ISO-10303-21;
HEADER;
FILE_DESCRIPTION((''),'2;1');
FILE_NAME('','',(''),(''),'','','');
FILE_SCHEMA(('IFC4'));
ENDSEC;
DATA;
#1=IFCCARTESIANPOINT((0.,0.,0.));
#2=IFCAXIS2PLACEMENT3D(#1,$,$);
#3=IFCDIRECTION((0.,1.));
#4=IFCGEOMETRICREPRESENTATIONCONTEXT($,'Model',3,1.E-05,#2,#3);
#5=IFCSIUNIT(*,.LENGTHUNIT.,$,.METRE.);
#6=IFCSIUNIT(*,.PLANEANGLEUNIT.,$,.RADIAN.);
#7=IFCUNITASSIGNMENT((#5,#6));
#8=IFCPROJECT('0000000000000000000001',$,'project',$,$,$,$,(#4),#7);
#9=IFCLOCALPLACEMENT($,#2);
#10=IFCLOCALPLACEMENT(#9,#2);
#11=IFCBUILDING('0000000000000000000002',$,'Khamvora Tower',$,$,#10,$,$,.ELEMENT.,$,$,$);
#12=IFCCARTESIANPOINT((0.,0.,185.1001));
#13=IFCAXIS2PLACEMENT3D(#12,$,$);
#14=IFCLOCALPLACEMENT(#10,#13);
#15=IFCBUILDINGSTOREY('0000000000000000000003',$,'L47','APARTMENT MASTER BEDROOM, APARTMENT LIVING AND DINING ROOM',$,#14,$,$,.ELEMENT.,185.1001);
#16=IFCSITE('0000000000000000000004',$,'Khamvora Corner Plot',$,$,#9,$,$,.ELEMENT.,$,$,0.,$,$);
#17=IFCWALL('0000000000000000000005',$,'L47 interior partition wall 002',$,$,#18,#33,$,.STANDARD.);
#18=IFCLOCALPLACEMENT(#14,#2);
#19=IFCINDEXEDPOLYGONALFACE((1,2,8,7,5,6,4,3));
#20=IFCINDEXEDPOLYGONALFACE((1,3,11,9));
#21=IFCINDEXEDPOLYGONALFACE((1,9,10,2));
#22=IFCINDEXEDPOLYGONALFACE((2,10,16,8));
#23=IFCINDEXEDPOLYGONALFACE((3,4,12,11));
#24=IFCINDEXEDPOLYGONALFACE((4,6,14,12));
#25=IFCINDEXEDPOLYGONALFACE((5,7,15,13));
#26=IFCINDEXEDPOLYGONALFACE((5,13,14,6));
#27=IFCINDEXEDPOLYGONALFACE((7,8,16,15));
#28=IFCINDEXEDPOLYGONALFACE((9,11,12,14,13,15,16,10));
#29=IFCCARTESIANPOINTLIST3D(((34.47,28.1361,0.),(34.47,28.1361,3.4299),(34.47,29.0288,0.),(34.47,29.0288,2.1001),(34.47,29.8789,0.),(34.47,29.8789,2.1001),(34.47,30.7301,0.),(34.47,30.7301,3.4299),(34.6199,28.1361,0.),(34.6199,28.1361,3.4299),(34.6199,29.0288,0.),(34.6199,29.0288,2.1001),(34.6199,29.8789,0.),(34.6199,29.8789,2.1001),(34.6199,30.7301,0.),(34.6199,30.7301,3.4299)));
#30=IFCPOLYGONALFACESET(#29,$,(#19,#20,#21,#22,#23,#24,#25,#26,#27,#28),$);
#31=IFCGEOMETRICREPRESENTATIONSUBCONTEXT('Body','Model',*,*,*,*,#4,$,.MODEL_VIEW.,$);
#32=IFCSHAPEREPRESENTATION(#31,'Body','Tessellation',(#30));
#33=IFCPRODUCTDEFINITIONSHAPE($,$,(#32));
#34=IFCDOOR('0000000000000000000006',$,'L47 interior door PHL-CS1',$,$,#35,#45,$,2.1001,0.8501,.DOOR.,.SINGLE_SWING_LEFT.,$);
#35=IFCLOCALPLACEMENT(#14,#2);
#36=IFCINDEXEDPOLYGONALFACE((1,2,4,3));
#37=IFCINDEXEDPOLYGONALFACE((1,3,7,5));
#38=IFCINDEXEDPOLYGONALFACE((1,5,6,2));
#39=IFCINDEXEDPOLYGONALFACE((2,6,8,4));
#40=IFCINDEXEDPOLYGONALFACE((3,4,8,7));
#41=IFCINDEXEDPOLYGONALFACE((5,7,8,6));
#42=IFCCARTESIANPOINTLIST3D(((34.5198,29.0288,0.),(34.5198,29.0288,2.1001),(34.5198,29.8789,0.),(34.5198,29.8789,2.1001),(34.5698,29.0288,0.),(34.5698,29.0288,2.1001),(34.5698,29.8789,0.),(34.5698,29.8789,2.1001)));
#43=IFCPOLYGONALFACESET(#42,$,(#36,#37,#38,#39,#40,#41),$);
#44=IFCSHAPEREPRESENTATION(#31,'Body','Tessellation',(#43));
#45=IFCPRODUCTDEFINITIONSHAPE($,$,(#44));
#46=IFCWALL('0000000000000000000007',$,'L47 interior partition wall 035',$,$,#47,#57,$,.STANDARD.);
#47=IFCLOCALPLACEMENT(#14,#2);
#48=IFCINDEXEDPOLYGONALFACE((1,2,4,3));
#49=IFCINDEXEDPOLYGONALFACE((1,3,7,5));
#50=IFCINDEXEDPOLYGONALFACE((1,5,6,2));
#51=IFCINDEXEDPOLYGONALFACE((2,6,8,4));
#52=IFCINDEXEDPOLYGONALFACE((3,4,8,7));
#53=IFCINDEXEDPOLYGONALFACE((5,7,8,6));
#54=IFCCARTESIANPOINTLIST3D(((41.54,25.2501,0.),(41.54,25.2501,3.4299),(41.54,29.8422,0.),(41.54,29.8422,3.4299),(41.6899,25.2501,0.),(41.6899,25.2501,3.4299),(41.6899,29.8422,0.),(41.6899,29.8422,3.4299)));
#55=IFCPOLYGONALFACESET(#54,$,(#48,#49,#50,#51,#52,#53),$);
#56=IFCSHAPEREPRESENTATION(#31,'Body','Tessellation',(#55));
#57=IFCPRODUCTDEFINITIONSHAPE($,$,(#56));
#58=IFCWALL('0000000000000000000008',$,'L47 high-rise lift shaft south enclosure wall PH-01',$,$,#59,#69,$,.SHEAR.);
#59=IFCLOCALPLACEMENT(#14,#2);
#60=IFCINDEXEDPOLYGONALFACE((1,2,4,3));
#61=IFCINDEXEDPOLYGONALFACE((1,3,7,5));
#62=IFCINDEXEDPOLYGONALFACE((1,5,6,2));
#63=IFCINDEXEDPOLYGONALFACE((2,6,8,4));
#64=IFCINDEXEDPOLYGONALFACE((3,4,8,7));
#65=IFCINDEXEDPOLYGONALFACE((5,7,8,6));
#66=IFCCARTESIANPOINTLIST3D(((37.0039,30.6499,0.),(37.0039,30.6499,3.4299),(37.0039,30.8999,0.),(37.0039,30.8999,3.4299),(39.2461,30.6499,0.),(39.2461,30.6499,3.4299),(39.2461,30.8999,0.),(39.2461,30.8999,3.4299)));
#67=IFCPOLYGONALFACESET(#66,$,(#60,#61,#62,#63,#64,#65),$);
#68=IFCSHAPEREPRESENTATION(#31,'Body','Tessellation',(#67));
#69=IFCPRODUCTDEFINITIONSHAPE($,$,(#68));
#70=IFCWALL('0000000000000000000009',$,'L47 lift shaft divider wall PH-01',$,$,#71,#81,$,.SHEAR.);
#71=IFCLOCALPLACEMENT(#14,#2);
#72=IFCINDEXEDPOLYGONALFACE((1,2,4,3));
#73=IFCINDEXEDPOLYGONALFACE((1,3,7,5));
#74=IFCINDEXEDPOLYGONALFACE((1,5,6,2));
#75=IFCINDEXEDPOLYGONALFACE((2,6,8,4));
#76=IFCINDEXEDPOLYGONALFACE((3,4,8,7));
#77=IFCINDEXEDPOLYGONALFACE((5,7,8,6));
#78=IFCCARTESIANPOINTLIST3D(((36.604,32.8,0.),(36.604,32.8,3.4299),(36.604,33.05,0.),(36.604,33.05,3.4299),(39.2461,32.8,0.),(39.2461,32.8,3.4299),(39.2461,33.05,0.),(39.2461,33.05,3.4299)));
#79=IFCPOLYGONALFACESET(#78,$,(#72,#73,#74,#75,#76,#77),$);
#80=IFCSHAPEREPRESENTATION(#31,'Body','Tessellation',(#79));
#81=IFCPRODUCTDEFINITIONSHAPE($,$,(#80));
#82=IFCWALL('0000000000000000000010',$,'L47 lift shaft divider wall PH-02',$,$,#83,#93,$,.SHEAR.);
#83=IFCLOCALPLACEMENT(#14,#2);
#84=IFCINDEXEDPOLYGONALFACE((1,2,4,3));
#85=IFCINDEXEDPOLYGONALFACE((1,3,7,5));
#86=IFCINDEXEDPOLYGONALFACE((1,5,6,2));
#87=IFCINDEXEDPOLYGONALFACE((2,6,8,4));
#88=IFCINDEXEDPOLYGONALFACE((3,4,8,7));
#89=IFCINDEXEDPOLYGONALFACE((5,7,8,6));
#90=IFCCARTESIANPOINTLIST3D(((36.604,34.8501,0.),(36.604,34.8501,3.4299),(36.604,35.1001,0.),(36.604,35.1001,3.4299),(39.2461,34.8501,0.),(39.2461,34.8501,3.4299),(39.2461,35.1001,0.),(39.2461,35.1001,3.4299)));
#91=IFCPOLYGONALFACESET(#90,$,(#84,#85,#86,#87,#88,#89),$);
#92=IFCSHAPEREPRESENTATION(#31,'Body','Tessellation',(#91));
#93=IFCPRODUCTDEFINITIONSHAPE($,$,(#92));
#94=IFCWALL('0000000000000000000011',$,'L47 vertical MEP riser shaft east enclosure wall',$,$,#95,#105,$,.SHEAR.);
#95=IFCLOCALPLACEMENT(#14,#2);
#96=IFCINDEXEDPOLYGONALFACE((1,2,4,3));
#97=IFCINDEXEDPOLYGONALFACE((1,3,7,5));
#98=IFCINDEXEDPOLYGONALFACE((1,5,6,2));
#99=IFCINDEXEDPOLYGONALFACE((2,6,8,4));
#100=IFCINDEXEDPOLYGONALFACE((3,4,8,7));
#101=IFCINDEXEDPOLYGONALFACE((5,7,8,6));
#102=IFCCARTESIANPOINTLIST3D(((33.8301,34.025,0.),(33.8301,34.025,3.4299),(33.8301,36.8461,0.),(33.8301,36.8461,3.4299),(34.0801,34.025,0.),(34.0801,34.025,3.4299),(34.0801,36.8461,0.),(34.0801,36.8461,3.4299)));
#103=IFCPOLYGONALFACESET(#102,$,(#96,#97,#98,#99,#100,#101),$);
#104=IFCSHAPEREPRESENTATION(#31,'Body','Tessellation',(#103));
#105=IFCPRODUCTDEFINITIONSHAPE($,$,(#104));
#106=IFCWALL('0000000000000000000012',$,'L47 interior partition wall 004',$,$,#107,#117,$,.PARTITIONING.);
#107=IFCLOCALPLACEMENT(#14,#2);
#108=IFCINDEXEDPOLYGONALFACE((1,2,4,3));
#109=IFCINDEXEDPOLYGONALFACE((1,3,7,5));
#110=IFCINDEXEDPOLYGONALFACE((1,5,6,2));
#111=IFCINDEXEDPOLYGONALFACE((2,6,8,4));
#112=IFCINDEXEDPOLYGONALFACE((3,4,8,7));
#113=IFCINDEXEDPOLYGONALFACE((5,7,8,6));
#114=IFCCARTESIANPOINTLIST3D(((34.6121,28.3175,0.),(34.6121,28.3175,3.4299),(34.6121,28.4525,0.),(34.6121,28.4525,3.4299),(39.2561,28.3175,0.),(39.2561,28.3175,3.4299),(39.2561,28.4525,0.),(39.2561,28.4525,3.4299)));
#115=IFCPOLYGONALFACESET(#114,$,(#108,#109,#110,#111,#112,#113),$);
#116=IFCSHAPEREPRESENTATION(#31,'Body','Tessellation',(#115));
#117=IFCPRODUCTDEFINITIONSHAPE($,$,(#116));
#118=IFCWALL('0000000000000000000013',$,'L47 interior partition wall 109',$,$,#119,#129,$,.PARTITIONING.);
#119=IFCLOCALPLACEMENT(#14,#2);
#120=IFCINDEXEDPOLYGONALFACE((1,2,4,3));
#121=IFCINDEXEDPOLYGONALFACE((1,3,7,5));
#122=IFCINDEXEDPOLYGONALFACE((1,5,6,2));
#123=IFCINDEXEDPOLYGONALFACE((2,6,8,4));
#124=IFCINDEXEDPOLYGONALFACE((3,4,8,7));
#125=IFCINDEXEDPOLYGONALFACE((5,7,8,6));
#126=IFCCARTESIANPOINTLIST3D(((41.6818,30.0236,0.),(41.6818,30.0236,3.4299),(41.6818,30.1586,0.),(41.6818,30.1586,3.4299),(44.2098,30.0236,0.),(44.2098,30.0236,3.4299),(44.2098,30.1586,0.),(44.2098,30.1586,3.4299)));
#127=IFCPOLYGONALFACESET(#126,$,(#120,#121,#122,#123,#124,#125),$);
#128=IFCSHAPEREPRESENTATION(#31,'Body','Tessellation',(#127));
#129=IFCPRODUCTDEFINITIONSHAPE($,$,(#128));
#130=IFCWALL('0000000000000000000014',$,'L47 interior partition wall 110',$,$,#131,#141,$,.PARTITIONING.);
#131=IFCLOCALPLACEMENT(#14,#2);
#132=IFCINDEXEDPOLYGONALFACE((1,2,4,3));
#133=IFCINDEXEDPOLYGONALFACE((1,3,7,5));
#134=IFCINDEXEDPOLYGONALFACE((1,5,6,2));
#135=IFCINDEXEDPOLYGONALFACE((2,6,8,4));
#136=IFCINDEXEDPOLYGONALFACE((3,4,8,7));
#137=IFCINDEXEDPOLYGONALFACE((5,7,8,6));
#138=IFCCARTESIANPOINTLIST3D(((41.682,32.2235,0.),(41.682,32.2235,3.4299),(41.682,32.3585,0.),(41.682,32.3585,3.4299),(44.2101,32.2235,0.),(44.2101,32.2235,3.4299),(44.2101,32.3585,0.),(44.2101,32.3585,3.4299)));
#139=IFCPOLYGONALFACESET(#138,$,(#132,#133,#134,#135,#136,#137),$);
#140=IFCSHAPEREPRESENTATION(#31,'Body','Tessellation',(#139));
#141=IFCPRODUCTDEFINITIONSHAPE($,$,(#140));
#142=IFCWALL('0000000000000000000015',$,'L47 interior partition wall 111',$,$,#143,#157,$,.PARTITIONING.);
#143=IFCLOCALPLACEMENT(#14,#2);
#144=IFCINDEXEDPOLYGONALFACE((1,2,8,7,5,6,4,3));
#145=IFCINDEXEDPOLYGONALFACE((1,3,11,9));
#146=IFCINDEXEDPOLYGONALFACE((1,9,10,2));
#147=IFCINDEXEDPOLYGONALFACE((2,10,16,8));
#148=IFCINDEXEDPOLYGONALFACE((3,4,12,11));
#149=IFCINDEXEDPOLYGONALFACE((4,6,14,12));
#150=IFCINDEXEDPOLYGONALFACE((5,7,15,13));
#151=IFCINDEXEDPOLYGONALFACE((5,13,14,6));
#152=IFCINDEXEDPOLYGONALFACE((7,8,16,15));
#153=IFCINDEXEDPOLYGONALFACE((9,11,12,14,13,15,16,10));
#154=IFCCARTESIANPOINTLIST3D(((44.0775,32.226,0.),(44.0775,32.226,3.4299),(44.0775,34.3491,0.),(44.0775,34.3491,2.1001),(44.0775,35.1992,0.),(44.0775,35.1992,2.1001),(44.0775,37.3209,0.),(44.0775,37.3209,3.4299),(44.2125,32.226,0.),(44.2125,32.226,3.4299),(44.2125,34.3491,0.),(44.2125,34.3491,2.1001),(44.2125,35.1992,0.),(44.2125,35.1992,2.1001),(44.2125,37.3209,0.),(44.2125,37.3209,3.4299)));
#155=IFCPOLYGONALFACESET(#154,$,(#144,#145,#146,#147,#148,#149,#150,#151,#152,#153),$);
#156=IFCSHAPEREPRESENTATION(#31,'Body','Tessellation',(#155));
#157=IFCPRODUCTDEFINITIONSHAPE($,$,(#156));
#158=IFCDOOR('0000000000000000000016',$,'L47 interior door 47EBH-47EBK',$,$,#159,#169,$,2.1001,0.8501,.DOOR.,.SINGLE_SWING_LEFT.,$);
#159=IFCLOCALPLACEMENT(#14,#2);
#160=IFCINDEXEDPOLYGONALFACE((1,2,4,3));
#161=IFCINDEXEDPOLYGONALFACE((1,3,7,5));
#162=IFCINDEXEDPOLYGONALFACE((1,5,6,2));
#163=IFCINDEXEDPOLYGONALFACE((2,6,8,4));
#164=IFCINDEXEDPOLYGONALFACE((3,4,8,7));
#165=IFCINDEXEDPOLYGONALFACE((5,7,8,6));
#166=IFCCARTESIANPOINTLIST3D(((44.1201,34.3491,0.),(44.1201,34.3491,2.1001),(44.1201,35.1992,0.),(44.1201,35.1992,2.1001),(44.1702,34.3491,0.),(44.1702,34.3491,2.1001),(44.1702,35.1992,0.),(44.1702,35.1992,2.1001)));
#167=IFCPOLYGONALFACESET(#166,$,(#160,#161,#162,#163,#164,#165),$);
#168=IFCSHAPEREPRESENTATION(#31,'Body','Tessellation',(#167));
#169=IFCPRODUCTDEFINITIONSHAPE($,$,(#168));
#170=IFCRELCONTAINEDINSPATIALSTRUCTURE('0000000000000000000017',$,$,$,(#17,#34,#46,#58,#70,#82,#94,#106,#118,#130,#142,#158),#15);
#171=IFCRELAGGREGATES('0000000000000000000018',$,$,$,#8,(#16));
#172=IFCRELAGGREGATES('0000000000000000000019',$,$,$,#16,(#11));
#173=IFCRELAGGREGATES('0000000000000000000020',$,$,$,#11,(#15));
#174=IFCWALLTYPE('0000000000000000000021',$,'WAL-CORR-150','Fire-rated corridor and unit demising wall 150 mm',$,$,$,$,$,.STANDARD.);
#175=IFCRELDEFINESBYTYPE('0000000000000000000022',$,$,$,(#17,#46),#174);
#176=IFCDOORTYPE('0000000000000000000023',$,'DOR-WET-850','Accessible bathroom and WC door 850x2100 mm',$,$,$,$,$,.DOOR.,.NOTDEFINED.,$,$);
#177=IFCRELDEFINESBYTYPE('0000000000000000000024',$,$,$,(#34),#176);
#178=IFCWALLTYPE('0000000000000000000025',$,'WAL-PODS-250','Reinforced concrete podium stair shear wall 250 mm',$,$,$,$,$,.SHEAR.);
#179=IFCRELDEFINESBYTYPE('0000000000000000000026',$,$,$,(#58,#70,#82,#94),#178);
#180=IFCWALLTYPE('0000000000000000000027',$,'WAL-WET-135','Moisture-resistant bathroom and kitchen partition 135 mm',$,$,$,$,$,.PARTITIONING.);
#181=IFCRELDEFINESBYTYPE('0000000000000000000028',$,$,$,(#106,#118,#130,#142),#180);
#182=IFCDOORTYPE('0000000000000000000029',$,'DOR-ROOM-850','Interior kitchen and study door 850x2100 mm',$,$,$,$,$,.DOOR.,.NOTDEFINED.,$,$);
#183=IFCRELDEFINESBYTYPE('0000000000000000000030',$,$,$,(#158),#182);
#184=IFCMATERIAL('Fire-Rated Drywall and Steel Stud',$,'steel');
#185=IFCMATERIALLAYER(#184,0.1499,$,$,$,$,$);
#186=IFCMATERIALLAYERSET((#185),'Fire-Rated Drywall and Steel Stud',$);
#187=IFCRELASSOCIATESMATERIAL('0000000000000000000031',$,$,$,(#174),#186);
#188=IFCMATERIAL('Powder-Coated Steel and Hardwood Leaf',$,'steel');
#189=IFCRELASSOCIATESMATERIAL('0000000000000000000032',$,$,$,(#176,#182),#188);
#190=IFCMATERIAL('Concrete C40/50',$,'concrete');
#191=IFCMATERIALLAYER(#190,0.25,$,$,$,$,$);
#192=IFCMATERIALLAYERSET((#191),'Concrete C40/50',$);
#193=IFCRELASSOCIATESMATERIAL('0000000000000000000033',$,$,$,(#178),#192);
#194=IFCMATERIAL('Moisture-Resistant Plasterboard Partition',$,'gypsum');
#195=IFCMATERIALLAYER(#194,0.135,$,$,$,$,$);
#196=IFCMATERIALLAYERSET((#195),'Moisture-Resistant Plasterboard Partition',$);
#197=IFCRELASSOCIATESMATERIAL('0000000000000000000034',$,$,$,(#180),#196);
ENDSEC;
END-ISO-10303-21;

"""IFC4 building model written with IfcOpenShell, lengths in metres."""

from ifc_helpers import new_model, si_unit, direction, frame, frame_2d, origin, place, context, subcontext, project, spatial, rectangle, extrude, material, layer, layer_set, type_object, element, fill, save


model = new_model("IFC4")

# Units and contexts
model_context = context("Model", 3, precision=1e-05, world=origin(), true_north=direction((0.0, 1.0)))
body_context = subcontext(model_context, "Body", "Model", "MODEL_VIEW")
ifc_project = project(units=[si_unit("LENGTHUNIT", "METRE"), si_unit("PLANEANGLEUNIT", "RADIAN")], contexts=[model_context])

# Site, building, storey
site_placement = place(None, origin())
site = spatial("IfcSite", under=ifc_project, at=site_placement, Name="Khamvora Corner Plot", CompositionType="ELEMENT", RefElevation=0.0)
building_placement = place(site_placement, origin())
building = spatial("IfcBuilding", under=site, at=building_placement, Name="Khamvora Tower", CompositionType="ELEMENT")
storey_placement = place(building_placement, frame((0.0, 0.0, 185.1001)))
storey = spatial("IfcBuildingStorey", under=building, at=storey_placement, Name="L47", Description="APARTMENT MASTER BEDROOM, APARTMENT LIVING AND DINING ROOM", CompositionType="ELEMENT", Elevation=185.1001)

# Shared definitions
ifc_material_1 = material(Name="Powder-Coated Steel and Hardwood Leaf", Category="steel")

# Shared definitions
ifc_material_2 = material(Name="Fire-Rated Drywall and Steel Stud", Category="steel")
ifc_layer_1 = layer(ifc_material_2, 0.1499)
ifc_layer_set_1 = layer_set([ifc_layer_1], Name="Fire-Rated Drywall and Steel Stud")
wall_type_1 = type_object("IfcWallType", Name="WAL-CORR-150", Description="Fire-rated corridor and unit demising wall 150 mm", PredefinedType="STANDARD", material=ifc_layer_set_1)

# Wall, opening, door
wall_1_placement = place(storey_placement, frame((34.5449, 30.73, 0.0), z_axis=(0.0, 0.0, 1.0), x_axis=(0.0, -1.0, 0.0)))
wall_1 = element("IfcWall", 1, at=wall_1_placement, inside=storey, type_object=wall_type_1, Name="L47 interior partition wall 002", PredefinedType="STANDARD", context=body_context, shape_type="SweptSolid", body=[
    extrude(rectangle(XDim=2.594, YDim=0.1499, at=frame_2d((1.2969, 0.0))), origin(), (0.0, 0.0, 1.0), 3.4299),
])
opening_1_placement = place(wall_1_placement, frame((0.8511, 0.0, 0.0)))
opening_1 = element("IfcOpeningElement", 2, at=opening_1_placement, cuts=wall_1, PredefinedType="OPENING", context=body_context, shape_type="SweptSolid", body=[
    extrude(rectangle(XDim=0.8501, YDim=2.1001, at=frame_2d((0.425, 1.05))), frame((0.0, 0.085, 0.0), z_axis=(0.0, -1.0, 0.0), x_axis=(1.0, 0.0, 0.0)), (0.0, 0.0, 1.0), 0.1699),
])
door_type_1 = type_object("IfcDoorType", Name="DOR-WET-850", Description="Accessible bathroom and WC door 850x2100 mm", OperationType="NOTDEFINED", PredefinedType="DOOR", material=ifc_material_1)
door_1_placement = place(opening_1_placement, origin())
door_1 = element("IfcDoor", 3, at=door_1_placement, inside=storey, type_object=door_type_1, Name="L47 interior door PHL-CS1", OperationType="SINGLE_SWING_LEFT", OverallHeight=2.1001, OverallWidth=0.8501, PredefinedType="DOOR", context=body_context, shape_type="SweptSolid", body=[
    extrude(rectangle(XDim=0.8501, YDim=2.1001, at=frame_2d((0.425, 1.05))), frame((0.0, 0.0249, 0.0), z_axis=(0.0, -1.0, 0.0), x_axis=(1.0, 0.0, 0.0)), (0.0, 0.0, 1.0), 0.05),
])
fill(opening_1, door_1)

# Walls
wall_2_placement = place(storey_placement, frame((41.615, 29.842, 0.0), z_axis=(0.0, 0.0, 1.0), x_axis=(0.0, -1.0, 0.0)))
element("IfcWall", 4, at=wall_2_placement, inside=storey, type_object=wall_type_1, Name="L47 interior partition wall 035", PredefinedType="STANDARD", context=body_context, shape_type="SweptSolid", body=[
    extrude(rectangle(XDim=4.592, YDim=0.1499, at=frame_2d((2.2959, 0.0))), origin(), (0.0, 0.0, 1.0), 3.4299),
])
ifc_material_3 = material(Name="Concrete C40/50", Category="concrete")
ifc_layer_2 = layer(ifc_material_3, 0.25)
ifc_layer_set_2 = layer_set([ifc_layer_2], Name="Concrete C40/50")
wall_type_2 = type_object("IfcWallType", Name="WAL-PODS-250", Description="Reinforced concrete podium stair shear wall 250 mm", PredefinedType="SHEAR", material=ifc_layer_set_2)
wall_3_placement = place(storey_placement, frame((37.0039, 30.7749, 0.0), z_axis=(0.0, 0.0, 1.0), x_axis=(1.0, 0.0, 0.0)))
element("IfcWall", 5, at=wall_3_placement, inside=storey, type_object=wall_type_2, Name="L47 high-rise lift shaft south enclosure wall PH-01", PredefinedType="SHEAR", context=body_context, shape_type="SweptSolid", body=[
    extrude(rectangle(XDim=2.2422, YDim=0.25, at=frame_2d((1.1211, 0.0))), origin(), (0.0, 0.0, 1.0), 3.4299),
])
for number, where, z_axis, x_axis, name in (
    (6, (36.604, 32.925, 0.0), (0.0, 0.0, 1.0), (1.0, 0.0, 0.0), "L47 lift shaft divider wall PH-01"),
    (7, (36.604, 34.9751, 0.0), (0.0, 0.0, 1.0), (1.0, 0.0, 0.0), "L47 lift shaft divider wall PH-02"),
):
    element("IfcWall", number, at=place(storey_placement, frame(where, z_axis=z_axis, x_axis=x_axis)), inside=storey, type_object=wall_type_2, Name=name, PredefinedType="SHEAR", context=body_context, shape_type="SweptSolid", body=[
        extrude(rectangle(XDim=2.6421, YDim=0.25, at=frame_2d((1.321, 0.0))), origin(), (0.0, 0.0, 1.0), 3.4299),
    ])
wall_4_placement = place(storey_placement, frame((33.9551, 34.0249, 0.0), z_axis=(0.0, 0.0, 1.0), x_axis=(0.0, 1.0, 0.0)))
element("IfcWall", 8, at=wall_4_placement, inside=storey, type_object=wall_type_2, Name="L47 vertical MEP riser shaft east enclosure wall", PredefinedType="SHEAR", context=body_context, shape_type="SweptSolid", body=[
    extrude(rectangle(XDim=2.821, YDim=0.25, at=frame_2d((1.4106, 0.0))), origin(), (0.0, 0.0, 1.0), 3.4299),
])
ifc_material_4 = material(Name="Moisture-Resistant Plasterboard Partition", Category="gypsum")
ifc_layer_3 = layer(ifc_material_4, 0.135)
ifc_layer_set_3 = layer_set([ifc_layer_3], Name="Moisture-Resistant Plasterboard Partition")
wall_type_3 = type_object("IfcWallType", Name="WAL-WET-135", Description="Moisture-resistant bathroom and kitchen partition 135 mm", PredefinedType="PARTITIONING", material=ifc_layer_set_3)
wall_5_placement = place(storey_placement, frame((39.2561, 28.385, 0.0), z_axis=(0.0, 0.0, 1.0), x_axis=(-1.0, 0.0, 0.0)))
element("IfcWall", 9, at=wall_5_placement, inside=storey, type_object=wall_type_3, Name="L47 interior partition wall 004", PredefinedType="PARTITIONING", context=body_context, shape_type="SweptSolid", body=[
    extrude(rectangle(XDim=4.644, YDim=0.135, at=frame_2d((2.322, 0.0))), origin(), (0.0, 0.0, 1.0), 3.4299),
])
for number, where, z_axis, x_axis, name in (
    (10, (44.21, 30.0911, 0.0), (0.0, 0.0, 1.0), (-1.0, 0.0, 0.0), "L47 interior partition wall 109"),
    (11, (41.6819, 32.291, 0.0), (0.0, 0.0, 1.0), (1.0, 0.0, 0.0), "L47 interior partition wall 110"),
):
    element("IfcWall", number, at=place(storey_placement, frame(where, z_axis=z_axis, x_axis=x_axis)), inside=storey, type_object=wall_type_3, Name=name, PredefinedType="PARTITIONING", context=body_context, shape_type="SweptSolid", body=[
        extrude(rectangle(XDim=2.5281, YDim=0.135, at=frame_2d((1.2642, 0.0))), origin(), (0.0, 0.0, 1.0), 3.4299),
    ])

# Wall, opening, door
wall_6_placement = place(storey_placement, frame((44.145, 32.2261, 0.0), z_axis=(0.0, 0.0, 1.0), x_axis=(0.0, 1.0, 0.0)))
wall_6 = element("IfcWall", 12, at=wall_6_placement, inside=storey, type_object=wall_type_3, Name="L47 interior partition wall 111", PredefinedType="PARTITIONING", context=body_context, shape_type="SweptSolid", body=[
    extrude(rectangle(XDim=5.095, YDim=0.135, at=frame_2d((2.5474, 0.0))), origin(), (0.0, 0.0, 1.0), 3.4299),
])
opening_2_placement = place(wall_6_placement, frame((2.123, 0.0, 0.0)))
opening_2 = element("IfcOpeningElement", 13, at=opening_2_placement, cuts=wall_6, PredefinedType="OPENING", context=body_context, shape_type="SweptSolid", body=[
    extrude(rectangle(XDim=0.8501, YDim=2.1001, at=frame_2d((0.425, 1.05))), frame((0.0, 0.0774, 0.0), z_axis=(0.0, -1.0, 0.0), x_axis=(1.0, 0.0, 0.0)), (0.0, 0.0, 1.0), 0.155),
])
door_type_2 = type_object("IfcDoorType", Name="DOR-ROOM-850", Description="Interior kitchen and study door 850x2100 mm", OperationType="NOTDEFINED", PredefinedType="DOOR", material=ifc_material_1)
door_2_placement = place(opening_2_placement, origin())
door_2 = element("IfcDoor", 14, at=door_2_placement, inside=storey, type_object=door_type_2, Name="L47 interior door 47EBH-47EBK", OperationType="SINGLE_SWING_LEFT", OverallHeight=2.1001, OverallWidth=0.8501, PredefinedType="DOOR", context=body_context, shape_type="SweptSolid", body=[
    extrude(rectangle(XDim=0.8501, YDim=2.1001, at=frame_2d((0.425, 1.05))), frame((0.0, 0.0249, 0.0), z_axis=(0.0, -1.0, 0.0), x_axis=(1.0, 0.0, 0.0)), (0.0, 0.0, 1.0), 0.05),
])
fill(opening_2, door_2)

save(model, "model.ifc")
